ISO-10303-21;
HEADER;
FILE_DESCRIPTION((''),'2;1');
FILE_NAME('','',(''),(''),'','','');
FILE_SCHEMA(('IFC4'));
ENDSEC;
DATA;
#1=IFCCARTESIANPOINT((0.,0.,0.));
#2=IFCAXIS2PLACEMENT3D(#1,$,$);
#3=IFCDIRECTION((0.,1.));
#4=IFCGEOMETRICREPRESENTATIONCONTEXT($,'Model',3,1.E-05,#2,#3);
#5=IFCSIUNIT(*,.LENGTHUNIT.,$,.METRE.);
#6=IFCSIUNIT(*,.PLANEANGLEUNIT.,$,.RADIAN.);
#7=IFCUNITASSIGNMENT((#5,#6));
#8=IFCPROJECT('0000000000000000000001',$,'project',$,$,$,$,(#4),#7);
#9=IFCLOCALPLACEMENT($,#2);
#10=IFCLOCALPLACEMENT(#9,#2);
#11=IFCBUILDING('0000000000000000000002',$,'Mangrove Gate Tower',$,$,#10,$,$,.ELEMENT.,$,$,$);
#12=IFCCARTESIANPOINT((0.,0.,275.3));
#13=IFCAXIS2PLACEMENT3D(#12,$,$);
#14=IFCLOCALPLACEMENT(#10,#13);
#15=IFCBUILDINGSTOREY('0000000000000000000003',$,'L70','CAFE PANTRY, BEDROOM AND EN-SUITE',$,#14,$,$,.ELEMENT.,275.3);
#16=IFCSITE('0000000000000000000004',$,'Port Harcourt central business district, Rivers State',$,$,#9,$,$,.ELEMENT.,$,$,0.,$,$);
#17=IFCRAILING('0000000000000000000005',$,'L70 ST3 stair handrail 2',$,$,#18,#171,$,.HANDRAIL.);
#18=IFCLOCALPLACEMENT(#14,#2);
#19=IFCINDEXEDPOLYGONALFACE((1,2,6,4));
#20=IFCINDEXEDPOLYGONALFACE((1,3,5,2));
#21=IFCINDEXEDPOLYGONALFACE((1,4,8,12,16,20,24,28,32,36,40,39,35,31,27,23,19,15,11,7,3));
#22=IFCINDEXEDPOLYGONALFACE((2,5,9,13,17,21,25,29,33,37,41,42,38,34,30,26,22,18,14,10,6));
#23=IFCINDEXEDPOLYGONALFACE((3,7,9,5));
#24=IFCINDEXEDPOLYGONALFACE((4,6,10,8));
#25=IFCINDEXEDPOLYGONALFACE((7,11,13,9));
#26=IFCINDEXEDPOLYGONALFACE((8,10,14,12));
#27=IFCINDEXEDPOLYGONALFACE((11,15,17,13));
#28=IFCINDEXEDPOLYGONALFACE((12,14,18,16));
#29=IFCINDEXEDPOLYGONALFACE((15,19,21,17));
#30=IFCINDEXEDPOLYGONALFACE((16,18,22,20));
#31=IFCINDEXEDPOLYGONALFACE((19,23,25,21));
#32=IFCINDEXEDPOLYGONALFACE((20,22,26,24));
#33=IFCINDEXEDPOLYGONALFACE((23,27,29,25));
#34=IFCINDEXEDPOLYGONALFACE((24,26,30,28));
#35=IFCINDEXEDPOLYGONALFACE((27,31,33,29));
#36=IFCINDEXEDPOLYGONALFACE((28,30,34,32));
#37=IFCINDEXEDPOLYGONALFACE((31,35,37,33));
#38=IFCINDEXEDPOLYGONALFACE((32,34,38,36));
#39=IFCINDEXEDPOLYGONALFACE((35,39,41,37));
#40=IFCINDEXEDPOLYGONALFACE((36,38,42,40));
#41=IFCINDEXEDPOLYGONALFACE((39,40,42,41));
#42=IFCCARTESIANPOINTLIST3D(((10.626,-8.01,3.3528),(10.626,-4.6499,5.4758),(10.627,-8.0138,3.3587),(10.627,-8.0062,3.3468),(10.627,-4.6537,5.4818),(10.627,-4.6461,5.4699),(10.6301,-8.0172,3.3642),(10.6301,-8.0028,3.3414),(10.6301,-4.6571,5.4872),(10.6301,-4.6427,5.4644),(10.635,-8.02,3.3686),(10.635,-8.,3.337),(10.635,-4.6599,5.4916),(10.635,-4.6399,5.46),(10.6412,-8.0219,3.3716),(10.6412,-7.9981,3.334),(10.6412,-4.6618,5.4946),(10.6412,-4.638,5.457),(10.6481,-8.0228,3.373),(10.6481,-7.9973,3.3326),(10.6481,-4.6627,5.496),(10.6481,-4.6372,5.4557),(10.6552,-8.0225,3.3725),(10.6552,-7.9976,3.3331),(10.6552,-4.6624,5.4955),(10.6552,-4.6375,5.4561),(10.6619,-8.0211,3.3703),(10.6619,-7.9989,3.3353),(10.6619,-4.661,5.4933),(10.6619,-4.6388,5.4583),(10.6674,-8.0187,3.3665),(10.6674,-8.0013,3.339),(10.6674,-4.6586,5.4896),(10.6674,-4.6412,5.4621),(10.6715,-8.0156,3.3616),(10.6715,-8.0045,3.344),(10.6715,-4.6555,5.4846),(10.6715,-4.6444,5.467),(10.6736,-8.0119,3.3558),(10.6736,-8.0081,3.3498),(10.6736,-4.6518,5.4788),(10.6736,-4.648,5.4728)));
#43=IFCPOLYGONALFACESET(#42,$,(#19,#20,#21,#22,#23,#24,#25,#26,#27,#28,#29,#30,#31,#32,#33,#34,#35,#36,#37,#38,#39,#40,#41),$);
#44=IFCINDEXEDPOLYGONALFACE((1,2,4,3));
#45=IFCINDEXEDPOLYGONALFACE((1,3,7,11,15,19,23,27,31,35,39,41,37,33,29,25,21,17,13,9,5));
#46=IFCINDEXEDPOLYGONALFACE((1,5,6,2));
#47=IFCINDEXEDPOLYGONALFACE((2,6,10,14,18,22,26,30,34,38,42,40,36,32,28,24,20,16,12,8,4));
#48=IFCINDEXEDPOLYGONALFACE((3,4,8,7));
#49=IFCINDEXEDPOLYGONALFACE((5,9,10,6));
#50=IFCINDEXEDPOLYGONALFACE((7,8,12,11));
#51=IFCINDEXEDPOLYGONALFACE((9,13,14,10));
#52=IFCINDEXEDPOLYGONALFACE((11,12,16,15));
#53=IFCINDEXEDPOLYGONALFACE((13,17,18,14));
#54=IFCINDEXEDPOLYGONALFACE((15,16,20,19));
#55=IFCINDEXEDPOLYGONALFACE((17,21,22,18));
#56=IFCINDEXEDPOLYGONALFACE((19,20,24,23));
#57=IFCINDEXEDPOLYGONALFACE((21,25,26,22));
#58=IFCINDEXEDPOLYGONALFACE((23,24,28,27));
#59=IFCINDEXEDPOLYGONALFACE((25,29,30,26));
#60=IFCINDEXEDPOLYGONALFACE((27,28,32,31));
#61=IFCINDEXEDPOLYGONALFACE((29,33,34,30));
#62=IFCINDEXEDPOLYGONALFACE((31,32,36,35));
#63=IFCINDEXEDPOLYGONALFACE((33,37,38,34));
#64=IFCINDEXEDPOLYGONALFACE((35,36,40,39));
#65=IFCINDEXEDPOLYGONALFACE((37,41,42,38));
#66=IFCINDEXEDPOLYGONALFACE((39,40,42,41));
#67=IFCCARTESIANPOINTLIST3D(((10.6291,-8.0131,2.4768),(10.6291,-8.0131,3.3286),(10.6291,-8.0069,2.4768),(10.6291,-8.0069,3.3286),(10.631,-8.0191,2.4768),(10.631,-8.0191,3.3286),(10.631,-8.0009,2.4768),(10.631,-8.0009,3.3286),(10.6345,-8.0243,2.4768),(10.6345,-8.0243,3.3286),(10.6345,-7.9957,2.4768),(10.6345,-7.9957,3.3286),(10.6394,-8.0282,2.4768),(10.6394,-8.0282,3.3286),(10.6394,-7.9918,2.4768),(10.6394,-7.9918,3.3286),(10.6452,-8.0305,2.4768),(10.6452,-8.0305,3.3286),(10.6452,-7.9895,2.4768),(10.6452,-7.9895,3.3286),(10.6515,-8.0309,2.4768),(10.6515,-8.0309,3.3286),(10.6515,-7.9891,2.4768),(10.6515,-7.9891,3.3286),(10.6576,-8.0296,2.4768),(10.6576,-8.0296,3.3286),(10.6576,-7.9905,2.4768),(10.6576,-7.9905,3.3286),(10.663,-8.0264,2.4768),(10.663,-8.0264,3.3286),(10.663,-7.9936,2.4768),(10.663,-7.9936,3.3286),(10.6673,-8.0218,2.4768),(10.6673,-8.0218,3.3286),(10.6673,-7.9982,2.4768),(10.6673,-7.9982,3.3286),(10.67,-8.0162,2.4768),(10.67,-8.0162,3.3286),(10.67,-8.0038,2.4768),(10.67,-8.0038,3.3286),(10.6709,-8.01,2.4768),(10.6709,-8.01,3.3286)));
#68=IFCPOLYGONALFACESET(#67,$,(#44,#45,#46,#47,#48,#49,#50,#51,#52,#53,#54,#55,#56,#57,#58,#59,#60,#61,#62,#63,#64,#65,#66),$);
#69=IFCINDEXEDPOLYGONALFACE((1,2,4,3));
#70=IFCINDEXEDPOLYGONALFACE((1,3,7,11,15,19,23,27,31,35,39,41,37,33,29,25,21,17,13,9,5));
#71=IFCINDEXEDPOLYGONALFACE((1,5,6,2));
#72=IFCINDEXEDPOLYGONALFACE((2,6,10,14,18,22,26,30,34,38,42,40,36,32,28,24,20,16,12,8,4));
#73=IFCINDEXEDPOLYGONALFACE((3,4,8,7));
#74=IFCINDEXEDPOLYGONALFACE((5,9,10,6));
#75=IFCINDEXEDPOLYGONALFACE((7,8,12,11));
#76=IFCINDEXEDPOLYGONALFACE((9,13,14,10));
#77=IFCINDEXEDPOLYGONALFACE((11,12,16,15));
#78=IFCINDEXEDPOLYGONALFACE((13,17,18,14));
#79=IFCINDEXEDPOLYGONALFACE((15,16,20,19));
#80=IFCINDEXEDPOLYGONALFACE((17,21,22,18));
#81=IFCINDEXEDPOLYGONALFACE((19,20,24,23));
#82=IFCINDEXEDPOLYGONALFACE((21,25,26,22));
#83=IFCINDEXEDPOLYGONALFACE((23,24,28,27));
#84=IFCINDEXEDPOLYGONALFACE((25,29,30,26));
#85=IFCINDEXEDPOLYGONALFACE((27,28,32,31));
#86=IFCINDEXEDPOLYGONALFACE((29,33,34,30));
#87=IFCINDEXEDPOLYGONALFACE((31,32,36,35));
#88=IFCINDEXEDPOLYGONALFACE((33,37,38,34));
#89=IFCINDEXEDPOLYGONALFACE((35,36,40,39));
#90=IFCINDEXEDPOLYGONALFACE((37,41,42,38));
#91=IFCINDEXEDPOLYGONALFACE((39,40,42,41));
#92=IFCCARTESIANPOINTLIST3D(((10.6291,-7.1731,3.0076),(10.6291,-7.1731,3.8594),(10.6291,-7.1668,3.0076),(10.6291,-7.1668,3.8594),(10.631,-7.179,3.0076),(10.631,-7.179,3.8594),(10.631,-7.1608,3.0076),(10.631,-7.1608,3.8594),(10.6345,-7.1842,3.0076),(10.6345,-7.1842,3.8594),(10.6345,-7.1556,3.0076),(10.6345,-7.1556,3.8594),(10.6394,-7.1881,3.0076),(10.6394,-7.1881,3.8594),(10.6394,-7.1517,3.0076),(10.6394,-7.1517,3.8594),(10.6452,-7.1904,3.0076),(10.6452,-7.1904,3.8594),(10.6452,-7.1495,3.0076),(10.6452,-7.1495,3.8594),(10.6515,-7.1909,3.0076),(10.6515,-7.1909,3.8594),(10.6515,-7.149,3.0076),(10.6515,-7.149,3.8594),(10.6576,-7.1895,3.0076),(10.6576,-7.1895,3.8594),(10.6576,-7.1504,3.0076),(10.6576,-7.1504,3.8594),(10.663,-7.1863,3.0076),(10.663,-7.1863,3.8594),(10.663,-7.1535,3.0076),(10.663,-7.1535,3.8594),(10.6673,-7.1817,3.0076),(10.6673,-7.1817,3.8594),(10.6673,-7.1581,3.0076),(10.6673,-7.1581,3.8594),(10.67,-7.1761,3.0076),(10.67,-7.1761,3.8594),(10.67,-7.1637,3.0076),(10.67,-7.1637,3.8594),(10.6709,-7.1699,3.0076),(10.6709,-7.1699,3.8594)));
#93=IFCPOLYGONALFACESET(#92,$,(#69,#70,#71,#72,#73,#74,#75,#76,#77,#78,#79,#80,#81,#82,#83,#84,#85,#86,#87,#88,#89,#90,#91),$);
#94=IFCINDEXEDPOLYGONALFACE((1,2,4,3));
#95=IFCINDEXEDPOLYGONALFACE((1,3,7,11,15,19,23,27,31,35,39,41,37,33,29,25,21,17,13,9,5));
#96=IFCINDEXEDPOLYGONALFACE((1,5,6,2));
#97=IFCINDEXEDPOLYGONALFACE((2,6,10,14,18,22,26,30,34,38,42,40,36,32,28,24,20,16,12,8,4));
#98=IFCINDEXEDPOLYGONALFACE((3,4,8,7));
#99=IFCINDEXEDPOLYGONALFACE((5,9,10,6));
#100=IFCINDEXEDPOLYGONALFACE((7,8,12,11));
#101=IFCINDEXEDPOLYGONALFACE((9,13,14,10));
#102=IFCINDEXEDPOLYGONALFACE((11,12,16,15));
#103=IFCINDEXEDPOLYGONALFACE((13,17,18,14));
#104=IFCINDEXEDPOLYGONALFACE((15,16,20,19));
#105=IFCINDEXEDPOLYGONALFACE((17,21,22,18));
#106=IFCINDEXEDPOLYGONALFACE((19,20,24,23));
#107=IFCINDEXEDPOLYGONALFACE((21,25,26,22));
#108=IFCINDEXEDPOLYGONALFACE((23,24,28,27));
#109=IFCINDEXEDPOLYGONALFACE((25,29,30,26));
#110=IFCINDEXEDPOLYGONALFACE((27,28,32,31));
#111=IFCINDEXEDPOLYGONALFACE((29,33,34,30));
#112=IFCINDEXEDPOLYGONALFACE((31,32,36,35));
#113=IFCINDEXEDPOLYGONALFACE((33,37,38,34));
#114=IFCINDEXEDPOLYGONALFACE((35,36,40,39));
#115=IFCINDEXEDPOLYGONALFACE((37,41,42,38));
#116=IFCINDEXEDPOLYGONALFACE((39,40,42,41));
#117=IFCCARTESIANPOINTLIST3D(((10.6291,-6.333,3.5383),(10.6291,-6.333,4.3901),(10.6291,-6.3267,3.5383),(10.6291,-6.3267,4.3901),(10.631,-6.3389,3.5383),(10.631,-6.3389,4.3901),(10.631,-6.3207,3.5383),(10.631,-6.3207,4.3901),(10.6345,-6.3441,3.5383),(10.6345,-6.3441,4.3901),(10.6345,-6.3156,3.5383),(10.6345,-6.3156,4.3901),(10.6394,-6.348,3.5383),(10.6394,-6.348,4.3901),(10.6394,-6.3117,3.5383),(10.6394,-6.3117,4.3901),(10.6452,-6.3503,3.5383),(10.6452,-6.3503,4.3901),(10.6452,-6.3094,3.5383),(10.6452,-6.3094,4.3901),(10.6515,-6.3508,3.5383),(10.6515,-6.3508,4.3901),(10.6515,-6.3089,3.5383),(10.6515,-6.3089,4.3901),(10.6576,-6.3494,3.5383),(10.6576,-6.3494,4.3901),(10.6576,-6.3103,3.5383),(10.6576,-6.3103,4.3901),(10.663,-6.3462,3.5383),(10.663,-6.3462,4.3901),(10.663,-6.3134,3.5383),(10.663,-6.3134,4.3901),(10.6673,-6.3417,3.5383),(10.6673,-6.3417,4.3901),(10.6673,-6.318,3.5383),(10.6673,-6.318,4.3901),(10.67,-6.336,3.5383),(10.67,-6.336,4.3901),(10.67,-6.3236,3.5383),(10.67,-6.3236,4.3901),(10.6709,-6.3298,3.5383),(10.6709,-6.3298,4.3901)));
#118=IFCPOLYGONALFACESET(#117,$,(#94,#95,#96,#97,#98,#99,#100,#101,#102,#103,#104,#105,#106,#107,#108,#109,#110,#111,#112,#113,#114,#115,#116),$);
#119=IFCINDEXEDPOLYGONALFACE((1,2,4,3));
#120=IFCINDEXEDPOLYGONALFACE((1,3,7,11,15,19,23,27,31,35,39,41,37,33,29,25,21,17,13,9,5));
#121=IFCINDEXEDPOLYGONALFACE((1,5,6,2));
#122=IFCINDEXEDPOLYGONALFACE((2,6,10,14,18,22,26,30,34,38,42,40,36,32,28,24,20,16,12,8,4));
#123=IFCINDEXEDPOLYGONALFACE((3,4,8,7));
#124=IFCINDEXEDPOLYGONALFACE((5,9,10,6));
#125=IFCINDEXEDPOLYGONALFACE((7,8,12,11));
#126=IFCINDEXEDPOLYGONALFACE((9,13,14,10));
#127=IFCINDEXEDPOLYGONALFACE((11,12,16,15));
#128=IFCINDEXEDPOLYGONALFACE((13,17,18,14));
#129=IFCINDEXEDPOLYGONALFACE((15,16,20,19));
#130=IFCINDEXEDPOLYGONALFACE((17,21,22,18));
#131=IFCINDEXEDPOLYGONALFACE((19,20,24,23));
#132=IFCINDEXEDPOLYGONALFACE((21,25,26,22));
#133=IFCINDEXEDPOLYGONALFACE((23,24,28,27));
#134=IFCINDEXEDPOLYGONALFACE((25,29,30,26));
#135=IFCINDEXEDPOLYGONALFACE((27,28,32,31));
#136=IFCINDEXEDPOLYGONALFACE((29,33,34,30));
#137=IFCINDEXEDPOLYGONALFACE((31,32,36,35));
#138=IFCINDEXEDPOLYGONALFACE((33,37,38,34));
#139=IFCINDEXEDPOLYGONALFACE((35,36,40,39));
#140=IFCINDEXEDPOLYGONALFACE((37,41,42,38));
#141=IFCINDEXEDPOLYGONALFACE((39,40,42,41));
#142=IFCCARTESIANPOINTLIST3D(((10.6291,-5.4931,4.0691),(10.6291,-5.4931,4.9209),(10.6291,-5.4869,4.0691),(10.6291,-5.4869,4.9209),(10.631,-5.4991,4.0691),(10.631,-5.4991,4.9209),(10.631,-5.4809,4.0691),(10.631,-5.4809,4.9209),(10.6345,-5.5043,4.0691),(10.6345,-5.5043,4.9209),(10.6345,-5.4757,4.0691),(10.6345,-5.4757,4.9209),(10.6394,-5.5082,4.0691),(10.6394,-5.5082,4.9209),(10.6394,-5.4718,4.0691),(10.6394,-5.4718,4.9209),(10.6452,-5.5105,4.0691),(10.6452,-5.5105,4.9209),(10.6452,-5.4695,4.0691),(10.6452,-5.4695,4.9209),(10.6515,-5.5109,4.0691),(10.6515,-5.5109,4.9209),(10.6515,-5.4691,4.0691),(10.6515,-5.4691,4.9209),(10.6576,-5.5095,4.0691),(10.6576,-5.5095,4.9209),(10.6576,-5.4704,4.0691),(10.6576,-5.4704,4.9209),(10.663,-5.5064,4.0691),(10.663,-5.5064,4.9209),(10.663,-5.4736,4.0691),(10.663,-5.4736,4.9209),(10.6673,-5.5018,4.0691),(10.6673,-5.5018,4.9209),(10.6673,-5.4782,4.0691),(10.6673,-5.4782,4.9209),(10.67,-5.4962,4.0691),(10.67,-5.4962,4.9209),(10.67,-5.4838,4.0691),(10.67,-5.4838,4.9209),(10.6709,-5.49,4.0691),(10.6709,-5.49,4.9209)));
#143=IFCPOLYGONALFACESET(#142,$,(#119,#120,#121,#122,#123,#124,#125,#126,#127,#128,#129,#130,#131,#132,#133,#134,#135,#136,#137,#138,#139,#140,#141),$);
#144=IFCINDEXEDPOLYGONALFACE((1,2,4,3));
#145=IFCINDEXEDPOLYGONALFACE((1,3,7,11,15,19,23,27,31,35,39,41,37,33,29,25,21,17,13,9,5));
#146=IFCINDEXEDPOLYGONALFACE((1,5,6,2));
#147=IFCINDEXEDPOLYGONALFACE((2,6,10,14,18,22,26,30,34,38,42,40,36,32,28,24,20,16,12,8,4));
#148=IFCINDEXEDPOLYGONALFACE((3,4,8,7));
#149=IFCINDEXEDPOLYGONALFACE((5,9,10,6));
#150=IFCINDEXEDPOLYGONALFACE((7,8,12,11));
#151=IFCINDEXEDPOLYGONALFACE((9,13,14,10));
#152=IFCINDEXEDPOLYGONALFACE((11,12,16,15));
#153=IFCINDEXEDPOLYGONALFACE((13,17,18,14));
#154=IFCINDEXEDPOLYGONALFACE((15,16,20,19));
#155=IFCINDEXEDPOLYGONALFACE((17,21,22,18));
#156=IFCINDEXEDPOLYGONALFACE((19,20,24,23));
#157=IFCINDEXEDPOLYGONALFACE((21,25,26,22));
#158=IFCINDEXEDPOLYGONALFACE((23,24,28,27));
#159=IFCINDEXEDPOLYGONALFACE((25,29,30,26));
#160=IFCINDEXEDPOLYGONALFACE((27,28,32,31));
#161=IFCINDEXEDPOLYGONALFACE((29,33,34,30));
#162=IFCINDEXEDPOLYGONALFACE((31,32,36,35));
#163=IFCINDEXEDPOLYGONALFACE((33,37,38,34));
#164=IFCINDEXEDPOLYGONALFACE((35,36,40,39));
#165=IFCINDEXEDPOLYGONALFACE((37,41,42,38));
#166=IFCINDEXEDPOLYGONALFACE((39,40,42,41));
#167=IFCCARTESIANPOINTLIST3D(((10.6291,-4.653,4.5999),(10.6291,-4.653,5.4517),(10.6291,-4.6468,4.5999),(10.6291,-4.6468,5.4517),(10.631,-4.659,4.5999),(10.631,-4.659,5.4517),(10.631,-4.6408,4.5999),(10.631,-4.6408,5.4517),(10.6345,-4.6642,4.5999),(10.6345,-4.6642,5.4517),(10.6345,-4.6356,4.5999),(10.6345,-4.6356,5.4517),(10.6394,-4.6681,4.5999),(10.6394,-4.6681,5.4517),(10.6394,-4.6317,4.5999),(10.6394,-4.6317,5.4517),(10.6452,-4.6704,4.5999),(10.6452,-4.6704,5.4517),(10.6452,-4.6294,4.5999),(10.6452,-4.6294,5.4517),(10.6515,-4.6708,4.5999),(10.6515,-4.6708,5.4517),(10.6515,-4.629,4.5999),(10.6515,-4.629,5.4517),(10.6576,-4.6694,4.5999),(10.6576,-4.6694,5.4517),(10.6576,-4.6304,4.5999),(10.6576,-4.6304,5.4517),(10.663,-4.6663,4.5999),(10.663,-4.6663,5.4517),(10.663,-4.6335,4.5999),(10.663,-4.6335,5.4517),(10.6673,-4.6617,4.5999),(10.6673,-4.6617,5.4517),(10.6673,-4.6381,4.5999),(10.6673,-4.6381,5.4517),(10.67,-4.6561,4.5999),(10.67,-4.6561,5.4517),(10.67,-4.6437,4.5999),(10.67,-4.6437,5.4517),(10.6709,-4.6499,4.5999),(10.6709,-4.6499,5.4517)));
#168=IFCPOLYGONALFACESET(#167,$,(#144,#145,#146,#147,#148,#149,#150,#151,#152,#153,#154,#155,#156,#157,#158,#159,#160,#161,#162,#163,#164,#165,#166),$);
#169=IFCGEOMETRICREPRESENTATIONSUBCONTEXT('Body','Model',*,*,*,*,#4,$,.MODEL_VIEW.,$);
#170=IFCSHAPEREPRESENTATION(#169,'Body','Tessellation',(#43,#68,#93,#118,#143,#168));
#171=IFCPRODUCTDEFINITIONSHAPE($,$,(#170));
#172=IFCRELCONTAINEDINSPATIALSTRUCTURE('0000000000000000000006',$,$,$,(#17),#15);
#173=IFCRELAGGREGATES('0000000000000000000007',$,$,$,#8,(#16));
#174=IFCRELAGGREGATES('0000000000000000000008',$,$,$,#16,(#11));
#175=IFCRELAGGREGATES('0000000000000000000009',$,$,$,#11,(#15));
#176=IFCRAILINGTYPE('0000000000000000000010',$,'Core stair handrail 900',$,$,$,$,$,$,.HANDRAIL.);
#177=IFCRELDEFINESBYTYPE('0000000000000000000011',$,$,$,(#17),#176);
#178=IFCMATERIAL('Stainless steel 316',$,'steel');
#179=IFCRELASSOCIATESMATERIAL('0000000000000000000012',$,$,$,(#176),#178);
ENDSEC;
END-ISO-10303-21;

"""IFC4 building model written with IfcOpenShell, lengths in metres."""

from ifc_helpers import new_model, si_unit, direction, frame, origin, origin_2d, place, context, subcontext, project, spatial, circle, extrude, material, type_object, element, save


model = new_model("IFC4")

# Units and contexts
model_context = context("Model", 3, precision=1e-05, world=origin(), true_north=direction((0.0, 1.0)))
body_context = subcontext(model_context, "Body", "Model", "MODEL_VIEW")
ifc_project = project(units=[si_unit("LENGTHUNIT", "METRE"), si_unit("PLANEANGLEUNIT", "RADIAN")], contexts=[model_context])

# Site, building, storey
site_placement = place(None, origin())
site = spatial("IfcSite", under=ifc_project, at=site_placement, Name="Port Harcourt central business district, Rivers State", CompositionType="ELEMENT", RefElevation=0.0)
building_placement = place(site_placement, origin())
building = spatial("IfcBuilding", under=site, at=building_placement, Name="Mangrove Gate Tower", CompositionType="ELEMENT")
storey_placement = place(building_placement, frame((0.0, 0.0, 275.3)))
storey = spatial("IfcBuildingStorey", under=building, at=storey_placement, Name="L70", Description="CAFE PANTRY, BEDROOM AND EN-SUITE", CompositionType="ELEMENT", Elevation=275.3)

# Railing
ifc_material_1 = material(Name="Stainless steel 316", Category="steel")
railing_type_1 = type_object("IfcRailingType", Name="Core stair handrail 900", PredefinedType="HANDRAIL", material=ifc_material_1)
railing_1_placement = place(storey_placement, frame((10.6499, -8.01, 2.4768)))
element("IfcRailing", 1, at=railing_1_placement, inside=storey, type_object=railing_type_1, Name="L70 ST3 stair handrail 2", PredefinedType="HANDRAIL", context=body_context, shape_type="SweptSolid", body=[
    extrude(circle(Radius=0.0239, at=origin_2d()), frame((0.0, 0.0, 0.876), z_axis=(0.0, 0.84539, 0.53415), x_axis=(-1.0, 0.0, 0.0)), (0.0, 0.0, 1.0), 3.9746),
    extrude(circle(Radius=0.021, at=origin_2d()), origin(), (0.0, 0.0, 1.0), 0.8518),
    extrude(circle(Radius=0.021, at=origin_2d()), frame((0.0, 0.8401, 0.5308)), (0.0, 0.0, 1.0), 0.8518),
    extrude(circle(Radius=0.021, at=origin_2d()), frame((0.0, 1.6802, 1.0615)), (0.0, 0.0, 1.0), 0.8518),
    extrude(circle(Radius=0.021, at=origin_2d()), frame((0.0, 2.52, 1.5923)), (0.0, 0.0, 1.0), 0.8518),
    extrude(circle(Radius=0.021, at=origin_2d()), frame((0.0, 3.3601, 2.123)), (0.0, 0.0, 1.0), 0.8518),
])

save(model, "model.ifc")
